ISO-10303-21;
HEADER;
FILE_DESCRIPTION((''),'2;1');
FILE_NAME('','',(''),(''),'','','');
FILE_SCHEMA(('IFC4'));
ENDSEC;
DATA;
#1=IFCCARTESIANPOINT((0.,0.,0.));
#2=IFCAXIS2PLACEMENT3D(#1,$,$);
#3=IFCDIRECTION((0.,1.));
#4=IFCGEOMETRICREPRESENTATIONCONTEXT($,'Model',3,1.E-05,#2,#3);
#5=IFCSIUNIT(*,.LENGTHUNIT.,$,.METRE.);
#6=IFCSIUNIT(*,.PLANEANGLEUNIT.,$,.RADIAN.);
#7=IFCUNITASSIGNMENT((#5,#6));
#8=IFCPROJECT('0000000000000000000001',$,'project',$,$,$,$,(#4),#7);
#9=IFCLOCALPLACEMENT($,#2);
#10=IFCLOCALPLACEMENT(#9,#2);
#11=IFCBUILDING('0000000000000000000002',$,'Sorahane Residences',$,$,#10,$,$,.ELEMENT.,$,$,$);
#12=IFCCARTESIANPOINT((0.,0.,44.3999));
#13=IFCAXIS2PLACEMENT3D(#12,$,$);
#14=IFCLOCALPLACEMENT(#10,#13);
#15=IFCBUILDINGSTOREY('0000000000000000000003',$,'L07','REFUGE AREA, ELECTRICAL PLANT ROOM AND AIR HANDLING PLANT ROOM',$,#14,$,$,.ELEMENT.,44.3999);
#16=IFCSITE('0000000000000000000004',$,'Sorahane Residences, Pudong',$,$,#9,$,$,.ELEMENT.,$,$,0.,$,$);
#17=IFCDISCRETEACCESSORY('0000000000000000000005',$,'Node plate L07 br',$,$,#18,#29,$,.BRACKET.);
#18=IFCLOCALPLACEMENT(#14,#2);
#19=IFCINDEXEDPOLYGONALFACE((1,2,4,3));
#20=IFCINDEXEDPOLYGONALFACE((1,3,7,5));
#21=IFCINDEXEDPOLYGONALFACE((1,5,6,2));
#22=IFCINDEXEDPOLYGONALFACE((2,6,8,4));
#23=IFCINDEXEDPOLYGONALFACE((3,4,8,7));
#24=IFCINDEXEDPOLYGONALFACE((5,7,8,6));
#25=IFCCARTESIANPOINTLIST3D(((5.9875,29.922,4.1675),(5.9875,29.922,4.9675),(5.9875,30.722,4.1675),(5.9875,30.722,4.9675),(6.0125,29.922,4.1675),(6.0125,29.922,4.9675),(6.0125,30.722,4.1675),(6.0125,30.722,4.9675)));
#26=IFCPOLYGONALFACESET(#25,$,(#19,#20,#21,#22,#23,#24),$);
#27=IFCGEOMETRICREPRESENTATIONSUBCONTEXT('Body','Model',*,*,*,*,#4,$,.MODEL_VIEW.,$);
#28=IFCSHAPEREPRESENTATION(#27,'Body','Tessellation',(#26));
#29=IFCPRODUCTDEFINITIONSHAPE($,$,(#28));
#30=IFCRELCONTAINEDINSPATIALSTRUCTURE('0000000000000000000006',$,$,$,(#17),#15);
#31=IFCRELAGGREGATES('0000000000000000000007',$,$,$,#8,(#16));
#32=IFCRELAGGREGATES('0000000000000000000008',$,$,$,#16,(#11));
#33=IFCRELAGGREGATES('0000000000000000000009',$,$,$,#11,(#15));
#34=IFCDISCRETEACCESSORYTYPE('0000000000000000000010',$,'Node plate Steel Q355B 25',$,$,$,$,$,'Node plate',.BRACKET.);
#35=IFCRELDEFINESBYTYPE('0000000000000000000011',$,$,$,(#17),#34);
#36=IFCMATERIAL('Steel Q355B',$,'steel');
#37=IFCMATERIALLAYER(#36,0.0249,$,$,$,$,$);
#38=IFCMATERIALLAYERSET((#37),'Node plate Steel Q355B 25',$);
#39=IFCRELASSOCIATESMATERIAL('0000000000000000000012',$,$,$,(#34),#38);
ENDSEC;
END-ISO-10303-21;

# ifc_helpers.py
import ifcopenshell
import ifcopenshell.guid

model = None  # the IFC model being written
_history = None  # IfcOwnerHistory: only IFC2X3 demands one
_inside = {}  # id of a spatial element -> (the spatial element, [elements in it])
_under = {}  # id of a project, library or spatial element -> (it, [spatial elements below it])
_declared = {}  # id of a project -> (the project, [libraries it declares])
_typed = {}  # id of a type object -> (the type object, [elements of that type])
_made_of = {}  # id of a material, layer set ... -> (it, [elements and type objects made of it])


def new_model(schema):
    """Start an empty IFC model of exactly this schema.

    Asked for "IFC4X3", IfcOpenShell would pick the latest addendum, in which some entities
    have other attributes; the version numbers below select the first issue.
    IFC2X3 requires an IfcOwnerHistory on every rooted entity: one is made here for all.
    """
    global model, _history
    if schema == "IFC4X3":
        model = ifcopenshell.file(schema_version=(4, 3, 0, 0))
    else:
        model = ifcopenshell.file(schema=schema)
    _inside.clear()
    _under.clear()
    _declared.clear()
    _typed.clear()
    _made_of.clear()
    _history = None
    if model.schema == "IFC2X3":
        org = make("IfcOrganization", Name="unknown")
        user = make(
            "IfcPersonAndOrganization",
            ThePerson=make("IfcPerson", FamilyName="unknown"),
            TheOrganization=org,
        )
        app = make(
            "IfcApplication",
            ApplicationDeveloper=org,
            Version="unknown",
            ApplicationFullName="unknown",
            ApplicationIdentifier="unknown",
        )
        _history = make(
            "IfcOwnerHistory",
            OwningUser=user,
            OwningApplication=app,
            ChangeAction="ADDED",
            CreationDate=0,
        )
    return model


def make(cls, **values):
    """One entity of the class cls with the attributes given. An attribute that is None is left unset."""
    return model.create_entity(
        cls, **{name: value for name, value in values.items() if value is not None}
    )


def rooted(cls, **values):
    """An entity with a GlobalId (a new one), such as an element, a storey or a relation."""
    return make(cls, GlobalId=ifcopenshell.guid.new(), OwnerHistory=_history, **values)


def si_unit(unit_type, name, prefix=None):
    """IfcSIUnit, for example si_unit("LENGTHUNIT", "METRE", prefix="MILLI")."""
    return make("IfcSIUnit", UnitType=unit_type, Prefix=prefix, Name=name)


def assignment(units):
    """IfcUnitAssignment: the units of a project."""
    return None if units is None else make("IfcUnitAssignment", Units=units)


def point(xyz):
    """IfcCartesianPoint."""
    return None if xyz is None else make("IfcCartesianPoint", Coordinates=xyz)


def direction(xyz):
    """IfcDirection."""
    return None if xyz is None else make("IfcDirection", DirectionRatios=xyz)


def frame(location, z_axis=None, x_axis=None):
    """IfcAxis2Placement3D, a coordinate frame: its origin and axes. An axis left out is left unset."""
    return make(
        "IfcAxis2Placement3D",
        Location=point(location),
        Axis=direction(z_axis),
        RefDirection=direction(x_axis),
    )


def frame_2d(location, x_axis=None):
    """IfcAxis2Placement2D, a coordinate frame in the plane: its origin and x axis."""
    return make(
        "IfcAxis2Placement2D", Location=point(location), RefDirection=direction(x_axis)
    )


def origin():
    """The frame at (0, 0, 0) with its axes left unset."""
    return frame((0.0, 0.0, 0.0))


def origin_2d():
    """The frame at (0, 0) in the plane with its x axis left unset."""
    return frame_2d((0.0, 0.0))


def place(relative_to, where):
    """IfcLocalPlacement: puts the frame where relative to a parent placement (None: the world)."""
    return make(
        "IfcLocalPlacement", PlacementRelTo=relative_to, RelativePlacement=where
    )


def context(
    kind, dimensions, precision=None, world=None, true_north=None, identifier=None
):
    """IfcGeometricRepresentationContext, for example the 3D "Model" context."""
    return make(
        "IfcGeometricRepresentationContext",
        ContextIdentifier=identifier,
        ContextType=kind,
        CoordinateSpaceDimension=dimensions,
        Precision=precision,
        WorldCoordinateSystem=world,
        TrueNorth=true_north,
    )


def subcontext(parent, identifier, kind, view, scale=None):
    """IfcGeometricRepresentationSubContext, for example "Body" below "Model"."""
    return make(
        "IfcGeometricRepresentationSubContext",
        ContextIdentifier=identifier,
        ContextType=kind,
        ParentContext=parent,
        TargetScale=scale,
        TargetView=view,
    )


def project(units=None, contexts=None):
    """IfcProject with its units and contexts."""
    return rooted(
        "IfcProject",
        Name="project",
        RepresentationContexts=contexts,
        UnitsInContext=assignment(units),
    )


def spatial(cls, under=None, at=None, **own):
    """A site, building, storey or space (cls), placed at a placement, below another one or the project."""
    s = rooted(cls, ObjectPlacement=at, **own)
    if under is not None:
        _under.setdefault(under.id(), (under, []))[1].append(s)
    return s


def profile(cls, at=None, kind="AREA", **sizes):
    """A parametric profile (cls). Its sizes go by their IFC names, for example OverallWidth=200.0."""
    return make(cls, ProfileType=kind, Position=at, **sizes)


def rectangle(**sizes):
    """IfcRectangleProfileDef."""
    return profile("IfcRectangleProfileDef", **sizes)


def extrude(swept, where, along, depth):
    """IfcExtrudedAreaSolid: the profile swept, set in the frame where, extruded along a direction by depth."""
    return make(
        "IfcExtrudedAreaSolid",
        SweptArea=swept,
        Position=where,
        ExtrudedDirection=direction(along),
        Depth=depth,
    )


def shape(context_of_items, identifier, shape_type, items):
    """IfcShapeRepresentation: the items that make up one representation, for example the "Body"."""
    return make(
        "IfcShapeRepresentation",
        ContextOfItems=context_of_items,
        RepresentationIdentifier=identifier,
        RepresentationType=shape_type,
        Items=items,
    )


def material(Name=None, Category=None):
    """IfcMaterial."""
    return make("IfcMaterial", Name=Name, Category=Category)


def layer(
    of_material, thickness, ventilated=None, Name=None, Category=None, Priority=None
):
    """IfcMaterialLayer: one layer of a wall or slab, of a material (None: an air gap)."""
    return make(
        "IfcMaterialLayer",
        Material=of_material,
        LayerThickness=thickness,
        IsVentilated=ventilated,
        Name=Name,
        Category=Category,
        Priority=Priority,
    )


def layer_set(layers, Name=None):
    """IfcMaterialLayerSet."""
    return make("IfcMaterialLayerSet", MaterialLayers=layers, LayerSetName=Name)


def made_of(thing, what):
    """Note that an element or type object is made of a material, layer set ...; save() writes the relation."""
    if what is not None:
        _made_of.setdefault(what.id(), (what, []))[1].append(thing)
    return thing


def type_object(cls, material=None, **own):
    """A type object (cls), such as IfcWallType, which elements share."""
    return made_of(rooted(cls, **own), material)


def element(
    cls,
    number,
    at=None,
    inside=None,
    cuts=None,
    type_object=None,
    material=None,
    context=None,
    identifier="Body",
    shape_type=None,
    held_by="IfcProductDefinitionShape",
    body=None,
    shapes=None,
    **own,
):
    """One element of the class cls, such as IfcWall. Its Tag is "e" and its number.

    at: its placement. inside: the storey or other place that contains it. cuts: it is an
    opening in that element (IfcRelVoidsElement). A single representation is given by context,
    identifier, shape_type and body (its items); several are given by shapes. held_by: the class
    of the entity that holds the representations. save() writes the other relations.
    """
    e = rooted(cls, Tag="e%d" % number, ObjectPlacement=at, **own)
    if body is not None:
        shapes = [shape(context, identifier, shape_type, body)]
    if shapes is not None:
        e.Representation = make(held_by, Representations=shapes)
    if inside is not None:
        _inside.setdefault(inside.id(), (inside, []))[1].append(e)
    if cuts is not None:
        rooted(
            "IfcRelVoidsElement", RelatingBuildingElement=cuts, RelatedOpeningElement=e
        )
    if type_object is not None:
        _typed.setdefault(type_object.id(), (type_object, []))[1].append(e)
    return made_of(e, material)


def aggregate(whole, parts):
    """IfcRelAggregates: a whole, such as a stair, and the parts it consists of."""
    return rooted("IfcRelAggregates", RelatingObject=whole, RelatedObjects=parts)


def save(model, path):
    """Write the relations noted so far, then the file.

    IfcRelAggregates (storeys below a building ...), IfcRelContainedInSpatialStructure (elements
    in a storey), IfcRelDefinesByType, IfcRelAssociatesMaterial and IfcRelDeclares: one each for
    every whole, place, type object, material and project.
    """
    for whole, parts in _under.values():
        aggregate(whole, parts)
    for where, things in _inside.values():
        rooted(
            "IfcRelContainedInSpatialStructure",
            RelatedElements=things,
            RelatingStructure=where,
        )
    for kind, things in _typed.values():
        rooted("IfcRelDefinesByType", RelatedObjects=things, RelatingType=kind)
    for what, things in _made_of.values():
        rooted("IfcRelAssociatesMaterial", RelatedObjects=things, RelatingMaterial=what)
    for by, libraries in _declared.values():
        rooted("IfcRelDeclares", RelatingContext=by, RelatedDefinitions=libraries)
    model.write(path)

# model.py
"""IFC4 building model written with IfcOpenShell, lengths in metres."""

from ifc_helpers import new_model, si_unit, direction, frame, origin, origin_2d, place, context, subcontext, project, spatial, rectangle, extrude, material, layer, layer_set, type_object, element, save


model = new_model("IFC4")

# Units and contexts
model_context = context("Model", 3, precision=1e-05, world=origin(), true_north=direction((0.0, 1.0)))
body_context = subcontext(model_context, "Body", "Model", "MODEL_VIEW")
ifc_project = project(units=[si_unit("LENGTHUNIT", "METRE"), si_unit("PLANEANGLEUNIT", "RADIAN")], contexts=[model_context])

# Site, building, storey
site_placement = place(None, origin())
site = spatial("IfcSite", under=ifc_project, at=site_placement, Name="Sorahane Residences, Pudong", CompositionType="ELEMENT", RefElevation=0.0)
building_placement = place(site_placement, origin())
building = spatial("IfcBuilding", under=site, at=building_placement, Name="Sorahane Residences", CompositionType="ELEMENT")
storey_placement = place(building_placement, frame((0.0, 0.0, 44.3999)))
storey = spatial("IfcBuildingStorey", under=building, at=storey_placement, Name="L07", Description="REFUGE AREA, ELECTRICAL PLANT ROOM AND AIR HANDLING PLANT ROOM", CompositionType="ELEMENT", Elevation=44.3999)

# Discrete accessory
ifc_material_1 = material(Name="Steel Q355B", Category="steel")
ifc_layer_1 = layer(ifc_material_1, 0.0249)
ifc_layer_set_1 = layer_set([ifc_layer_1], Name="Node plate Steel Q355B 25")
discrete_accessory_type = type_object("IfcDiscreteAccessoryType", Name="Node plate Steel Q355B 25", ElementType="Node plate", PredefinedType="BRACKET", material=ifc_layer_set_1)
for number, where, z_axis, x_axis, name in (
    (1, (6.0, 30.322, 4.1675), (0.0, 0.0, 1.0), (0.0, 1.0, 0.0), "Node plate L07 br"),
):
    element("IfcDiscreteAccessory", number, at=place(storey_placement, frame(where, z_axis=z_axis, x_axis=x_axis)), inside=storey, type_object=discrete_accessory_type, Name=name, PredefinedType="BRACKET", context=body_context, shape_type="SweptSolid", body=[
        extrude(rectangle(XDim=0.8, YDim=0.0249, at=origin_2d()), origin(), (0.0, 0.0, 1.0), 0.8),
    ])

save(model, "model.ifc")
